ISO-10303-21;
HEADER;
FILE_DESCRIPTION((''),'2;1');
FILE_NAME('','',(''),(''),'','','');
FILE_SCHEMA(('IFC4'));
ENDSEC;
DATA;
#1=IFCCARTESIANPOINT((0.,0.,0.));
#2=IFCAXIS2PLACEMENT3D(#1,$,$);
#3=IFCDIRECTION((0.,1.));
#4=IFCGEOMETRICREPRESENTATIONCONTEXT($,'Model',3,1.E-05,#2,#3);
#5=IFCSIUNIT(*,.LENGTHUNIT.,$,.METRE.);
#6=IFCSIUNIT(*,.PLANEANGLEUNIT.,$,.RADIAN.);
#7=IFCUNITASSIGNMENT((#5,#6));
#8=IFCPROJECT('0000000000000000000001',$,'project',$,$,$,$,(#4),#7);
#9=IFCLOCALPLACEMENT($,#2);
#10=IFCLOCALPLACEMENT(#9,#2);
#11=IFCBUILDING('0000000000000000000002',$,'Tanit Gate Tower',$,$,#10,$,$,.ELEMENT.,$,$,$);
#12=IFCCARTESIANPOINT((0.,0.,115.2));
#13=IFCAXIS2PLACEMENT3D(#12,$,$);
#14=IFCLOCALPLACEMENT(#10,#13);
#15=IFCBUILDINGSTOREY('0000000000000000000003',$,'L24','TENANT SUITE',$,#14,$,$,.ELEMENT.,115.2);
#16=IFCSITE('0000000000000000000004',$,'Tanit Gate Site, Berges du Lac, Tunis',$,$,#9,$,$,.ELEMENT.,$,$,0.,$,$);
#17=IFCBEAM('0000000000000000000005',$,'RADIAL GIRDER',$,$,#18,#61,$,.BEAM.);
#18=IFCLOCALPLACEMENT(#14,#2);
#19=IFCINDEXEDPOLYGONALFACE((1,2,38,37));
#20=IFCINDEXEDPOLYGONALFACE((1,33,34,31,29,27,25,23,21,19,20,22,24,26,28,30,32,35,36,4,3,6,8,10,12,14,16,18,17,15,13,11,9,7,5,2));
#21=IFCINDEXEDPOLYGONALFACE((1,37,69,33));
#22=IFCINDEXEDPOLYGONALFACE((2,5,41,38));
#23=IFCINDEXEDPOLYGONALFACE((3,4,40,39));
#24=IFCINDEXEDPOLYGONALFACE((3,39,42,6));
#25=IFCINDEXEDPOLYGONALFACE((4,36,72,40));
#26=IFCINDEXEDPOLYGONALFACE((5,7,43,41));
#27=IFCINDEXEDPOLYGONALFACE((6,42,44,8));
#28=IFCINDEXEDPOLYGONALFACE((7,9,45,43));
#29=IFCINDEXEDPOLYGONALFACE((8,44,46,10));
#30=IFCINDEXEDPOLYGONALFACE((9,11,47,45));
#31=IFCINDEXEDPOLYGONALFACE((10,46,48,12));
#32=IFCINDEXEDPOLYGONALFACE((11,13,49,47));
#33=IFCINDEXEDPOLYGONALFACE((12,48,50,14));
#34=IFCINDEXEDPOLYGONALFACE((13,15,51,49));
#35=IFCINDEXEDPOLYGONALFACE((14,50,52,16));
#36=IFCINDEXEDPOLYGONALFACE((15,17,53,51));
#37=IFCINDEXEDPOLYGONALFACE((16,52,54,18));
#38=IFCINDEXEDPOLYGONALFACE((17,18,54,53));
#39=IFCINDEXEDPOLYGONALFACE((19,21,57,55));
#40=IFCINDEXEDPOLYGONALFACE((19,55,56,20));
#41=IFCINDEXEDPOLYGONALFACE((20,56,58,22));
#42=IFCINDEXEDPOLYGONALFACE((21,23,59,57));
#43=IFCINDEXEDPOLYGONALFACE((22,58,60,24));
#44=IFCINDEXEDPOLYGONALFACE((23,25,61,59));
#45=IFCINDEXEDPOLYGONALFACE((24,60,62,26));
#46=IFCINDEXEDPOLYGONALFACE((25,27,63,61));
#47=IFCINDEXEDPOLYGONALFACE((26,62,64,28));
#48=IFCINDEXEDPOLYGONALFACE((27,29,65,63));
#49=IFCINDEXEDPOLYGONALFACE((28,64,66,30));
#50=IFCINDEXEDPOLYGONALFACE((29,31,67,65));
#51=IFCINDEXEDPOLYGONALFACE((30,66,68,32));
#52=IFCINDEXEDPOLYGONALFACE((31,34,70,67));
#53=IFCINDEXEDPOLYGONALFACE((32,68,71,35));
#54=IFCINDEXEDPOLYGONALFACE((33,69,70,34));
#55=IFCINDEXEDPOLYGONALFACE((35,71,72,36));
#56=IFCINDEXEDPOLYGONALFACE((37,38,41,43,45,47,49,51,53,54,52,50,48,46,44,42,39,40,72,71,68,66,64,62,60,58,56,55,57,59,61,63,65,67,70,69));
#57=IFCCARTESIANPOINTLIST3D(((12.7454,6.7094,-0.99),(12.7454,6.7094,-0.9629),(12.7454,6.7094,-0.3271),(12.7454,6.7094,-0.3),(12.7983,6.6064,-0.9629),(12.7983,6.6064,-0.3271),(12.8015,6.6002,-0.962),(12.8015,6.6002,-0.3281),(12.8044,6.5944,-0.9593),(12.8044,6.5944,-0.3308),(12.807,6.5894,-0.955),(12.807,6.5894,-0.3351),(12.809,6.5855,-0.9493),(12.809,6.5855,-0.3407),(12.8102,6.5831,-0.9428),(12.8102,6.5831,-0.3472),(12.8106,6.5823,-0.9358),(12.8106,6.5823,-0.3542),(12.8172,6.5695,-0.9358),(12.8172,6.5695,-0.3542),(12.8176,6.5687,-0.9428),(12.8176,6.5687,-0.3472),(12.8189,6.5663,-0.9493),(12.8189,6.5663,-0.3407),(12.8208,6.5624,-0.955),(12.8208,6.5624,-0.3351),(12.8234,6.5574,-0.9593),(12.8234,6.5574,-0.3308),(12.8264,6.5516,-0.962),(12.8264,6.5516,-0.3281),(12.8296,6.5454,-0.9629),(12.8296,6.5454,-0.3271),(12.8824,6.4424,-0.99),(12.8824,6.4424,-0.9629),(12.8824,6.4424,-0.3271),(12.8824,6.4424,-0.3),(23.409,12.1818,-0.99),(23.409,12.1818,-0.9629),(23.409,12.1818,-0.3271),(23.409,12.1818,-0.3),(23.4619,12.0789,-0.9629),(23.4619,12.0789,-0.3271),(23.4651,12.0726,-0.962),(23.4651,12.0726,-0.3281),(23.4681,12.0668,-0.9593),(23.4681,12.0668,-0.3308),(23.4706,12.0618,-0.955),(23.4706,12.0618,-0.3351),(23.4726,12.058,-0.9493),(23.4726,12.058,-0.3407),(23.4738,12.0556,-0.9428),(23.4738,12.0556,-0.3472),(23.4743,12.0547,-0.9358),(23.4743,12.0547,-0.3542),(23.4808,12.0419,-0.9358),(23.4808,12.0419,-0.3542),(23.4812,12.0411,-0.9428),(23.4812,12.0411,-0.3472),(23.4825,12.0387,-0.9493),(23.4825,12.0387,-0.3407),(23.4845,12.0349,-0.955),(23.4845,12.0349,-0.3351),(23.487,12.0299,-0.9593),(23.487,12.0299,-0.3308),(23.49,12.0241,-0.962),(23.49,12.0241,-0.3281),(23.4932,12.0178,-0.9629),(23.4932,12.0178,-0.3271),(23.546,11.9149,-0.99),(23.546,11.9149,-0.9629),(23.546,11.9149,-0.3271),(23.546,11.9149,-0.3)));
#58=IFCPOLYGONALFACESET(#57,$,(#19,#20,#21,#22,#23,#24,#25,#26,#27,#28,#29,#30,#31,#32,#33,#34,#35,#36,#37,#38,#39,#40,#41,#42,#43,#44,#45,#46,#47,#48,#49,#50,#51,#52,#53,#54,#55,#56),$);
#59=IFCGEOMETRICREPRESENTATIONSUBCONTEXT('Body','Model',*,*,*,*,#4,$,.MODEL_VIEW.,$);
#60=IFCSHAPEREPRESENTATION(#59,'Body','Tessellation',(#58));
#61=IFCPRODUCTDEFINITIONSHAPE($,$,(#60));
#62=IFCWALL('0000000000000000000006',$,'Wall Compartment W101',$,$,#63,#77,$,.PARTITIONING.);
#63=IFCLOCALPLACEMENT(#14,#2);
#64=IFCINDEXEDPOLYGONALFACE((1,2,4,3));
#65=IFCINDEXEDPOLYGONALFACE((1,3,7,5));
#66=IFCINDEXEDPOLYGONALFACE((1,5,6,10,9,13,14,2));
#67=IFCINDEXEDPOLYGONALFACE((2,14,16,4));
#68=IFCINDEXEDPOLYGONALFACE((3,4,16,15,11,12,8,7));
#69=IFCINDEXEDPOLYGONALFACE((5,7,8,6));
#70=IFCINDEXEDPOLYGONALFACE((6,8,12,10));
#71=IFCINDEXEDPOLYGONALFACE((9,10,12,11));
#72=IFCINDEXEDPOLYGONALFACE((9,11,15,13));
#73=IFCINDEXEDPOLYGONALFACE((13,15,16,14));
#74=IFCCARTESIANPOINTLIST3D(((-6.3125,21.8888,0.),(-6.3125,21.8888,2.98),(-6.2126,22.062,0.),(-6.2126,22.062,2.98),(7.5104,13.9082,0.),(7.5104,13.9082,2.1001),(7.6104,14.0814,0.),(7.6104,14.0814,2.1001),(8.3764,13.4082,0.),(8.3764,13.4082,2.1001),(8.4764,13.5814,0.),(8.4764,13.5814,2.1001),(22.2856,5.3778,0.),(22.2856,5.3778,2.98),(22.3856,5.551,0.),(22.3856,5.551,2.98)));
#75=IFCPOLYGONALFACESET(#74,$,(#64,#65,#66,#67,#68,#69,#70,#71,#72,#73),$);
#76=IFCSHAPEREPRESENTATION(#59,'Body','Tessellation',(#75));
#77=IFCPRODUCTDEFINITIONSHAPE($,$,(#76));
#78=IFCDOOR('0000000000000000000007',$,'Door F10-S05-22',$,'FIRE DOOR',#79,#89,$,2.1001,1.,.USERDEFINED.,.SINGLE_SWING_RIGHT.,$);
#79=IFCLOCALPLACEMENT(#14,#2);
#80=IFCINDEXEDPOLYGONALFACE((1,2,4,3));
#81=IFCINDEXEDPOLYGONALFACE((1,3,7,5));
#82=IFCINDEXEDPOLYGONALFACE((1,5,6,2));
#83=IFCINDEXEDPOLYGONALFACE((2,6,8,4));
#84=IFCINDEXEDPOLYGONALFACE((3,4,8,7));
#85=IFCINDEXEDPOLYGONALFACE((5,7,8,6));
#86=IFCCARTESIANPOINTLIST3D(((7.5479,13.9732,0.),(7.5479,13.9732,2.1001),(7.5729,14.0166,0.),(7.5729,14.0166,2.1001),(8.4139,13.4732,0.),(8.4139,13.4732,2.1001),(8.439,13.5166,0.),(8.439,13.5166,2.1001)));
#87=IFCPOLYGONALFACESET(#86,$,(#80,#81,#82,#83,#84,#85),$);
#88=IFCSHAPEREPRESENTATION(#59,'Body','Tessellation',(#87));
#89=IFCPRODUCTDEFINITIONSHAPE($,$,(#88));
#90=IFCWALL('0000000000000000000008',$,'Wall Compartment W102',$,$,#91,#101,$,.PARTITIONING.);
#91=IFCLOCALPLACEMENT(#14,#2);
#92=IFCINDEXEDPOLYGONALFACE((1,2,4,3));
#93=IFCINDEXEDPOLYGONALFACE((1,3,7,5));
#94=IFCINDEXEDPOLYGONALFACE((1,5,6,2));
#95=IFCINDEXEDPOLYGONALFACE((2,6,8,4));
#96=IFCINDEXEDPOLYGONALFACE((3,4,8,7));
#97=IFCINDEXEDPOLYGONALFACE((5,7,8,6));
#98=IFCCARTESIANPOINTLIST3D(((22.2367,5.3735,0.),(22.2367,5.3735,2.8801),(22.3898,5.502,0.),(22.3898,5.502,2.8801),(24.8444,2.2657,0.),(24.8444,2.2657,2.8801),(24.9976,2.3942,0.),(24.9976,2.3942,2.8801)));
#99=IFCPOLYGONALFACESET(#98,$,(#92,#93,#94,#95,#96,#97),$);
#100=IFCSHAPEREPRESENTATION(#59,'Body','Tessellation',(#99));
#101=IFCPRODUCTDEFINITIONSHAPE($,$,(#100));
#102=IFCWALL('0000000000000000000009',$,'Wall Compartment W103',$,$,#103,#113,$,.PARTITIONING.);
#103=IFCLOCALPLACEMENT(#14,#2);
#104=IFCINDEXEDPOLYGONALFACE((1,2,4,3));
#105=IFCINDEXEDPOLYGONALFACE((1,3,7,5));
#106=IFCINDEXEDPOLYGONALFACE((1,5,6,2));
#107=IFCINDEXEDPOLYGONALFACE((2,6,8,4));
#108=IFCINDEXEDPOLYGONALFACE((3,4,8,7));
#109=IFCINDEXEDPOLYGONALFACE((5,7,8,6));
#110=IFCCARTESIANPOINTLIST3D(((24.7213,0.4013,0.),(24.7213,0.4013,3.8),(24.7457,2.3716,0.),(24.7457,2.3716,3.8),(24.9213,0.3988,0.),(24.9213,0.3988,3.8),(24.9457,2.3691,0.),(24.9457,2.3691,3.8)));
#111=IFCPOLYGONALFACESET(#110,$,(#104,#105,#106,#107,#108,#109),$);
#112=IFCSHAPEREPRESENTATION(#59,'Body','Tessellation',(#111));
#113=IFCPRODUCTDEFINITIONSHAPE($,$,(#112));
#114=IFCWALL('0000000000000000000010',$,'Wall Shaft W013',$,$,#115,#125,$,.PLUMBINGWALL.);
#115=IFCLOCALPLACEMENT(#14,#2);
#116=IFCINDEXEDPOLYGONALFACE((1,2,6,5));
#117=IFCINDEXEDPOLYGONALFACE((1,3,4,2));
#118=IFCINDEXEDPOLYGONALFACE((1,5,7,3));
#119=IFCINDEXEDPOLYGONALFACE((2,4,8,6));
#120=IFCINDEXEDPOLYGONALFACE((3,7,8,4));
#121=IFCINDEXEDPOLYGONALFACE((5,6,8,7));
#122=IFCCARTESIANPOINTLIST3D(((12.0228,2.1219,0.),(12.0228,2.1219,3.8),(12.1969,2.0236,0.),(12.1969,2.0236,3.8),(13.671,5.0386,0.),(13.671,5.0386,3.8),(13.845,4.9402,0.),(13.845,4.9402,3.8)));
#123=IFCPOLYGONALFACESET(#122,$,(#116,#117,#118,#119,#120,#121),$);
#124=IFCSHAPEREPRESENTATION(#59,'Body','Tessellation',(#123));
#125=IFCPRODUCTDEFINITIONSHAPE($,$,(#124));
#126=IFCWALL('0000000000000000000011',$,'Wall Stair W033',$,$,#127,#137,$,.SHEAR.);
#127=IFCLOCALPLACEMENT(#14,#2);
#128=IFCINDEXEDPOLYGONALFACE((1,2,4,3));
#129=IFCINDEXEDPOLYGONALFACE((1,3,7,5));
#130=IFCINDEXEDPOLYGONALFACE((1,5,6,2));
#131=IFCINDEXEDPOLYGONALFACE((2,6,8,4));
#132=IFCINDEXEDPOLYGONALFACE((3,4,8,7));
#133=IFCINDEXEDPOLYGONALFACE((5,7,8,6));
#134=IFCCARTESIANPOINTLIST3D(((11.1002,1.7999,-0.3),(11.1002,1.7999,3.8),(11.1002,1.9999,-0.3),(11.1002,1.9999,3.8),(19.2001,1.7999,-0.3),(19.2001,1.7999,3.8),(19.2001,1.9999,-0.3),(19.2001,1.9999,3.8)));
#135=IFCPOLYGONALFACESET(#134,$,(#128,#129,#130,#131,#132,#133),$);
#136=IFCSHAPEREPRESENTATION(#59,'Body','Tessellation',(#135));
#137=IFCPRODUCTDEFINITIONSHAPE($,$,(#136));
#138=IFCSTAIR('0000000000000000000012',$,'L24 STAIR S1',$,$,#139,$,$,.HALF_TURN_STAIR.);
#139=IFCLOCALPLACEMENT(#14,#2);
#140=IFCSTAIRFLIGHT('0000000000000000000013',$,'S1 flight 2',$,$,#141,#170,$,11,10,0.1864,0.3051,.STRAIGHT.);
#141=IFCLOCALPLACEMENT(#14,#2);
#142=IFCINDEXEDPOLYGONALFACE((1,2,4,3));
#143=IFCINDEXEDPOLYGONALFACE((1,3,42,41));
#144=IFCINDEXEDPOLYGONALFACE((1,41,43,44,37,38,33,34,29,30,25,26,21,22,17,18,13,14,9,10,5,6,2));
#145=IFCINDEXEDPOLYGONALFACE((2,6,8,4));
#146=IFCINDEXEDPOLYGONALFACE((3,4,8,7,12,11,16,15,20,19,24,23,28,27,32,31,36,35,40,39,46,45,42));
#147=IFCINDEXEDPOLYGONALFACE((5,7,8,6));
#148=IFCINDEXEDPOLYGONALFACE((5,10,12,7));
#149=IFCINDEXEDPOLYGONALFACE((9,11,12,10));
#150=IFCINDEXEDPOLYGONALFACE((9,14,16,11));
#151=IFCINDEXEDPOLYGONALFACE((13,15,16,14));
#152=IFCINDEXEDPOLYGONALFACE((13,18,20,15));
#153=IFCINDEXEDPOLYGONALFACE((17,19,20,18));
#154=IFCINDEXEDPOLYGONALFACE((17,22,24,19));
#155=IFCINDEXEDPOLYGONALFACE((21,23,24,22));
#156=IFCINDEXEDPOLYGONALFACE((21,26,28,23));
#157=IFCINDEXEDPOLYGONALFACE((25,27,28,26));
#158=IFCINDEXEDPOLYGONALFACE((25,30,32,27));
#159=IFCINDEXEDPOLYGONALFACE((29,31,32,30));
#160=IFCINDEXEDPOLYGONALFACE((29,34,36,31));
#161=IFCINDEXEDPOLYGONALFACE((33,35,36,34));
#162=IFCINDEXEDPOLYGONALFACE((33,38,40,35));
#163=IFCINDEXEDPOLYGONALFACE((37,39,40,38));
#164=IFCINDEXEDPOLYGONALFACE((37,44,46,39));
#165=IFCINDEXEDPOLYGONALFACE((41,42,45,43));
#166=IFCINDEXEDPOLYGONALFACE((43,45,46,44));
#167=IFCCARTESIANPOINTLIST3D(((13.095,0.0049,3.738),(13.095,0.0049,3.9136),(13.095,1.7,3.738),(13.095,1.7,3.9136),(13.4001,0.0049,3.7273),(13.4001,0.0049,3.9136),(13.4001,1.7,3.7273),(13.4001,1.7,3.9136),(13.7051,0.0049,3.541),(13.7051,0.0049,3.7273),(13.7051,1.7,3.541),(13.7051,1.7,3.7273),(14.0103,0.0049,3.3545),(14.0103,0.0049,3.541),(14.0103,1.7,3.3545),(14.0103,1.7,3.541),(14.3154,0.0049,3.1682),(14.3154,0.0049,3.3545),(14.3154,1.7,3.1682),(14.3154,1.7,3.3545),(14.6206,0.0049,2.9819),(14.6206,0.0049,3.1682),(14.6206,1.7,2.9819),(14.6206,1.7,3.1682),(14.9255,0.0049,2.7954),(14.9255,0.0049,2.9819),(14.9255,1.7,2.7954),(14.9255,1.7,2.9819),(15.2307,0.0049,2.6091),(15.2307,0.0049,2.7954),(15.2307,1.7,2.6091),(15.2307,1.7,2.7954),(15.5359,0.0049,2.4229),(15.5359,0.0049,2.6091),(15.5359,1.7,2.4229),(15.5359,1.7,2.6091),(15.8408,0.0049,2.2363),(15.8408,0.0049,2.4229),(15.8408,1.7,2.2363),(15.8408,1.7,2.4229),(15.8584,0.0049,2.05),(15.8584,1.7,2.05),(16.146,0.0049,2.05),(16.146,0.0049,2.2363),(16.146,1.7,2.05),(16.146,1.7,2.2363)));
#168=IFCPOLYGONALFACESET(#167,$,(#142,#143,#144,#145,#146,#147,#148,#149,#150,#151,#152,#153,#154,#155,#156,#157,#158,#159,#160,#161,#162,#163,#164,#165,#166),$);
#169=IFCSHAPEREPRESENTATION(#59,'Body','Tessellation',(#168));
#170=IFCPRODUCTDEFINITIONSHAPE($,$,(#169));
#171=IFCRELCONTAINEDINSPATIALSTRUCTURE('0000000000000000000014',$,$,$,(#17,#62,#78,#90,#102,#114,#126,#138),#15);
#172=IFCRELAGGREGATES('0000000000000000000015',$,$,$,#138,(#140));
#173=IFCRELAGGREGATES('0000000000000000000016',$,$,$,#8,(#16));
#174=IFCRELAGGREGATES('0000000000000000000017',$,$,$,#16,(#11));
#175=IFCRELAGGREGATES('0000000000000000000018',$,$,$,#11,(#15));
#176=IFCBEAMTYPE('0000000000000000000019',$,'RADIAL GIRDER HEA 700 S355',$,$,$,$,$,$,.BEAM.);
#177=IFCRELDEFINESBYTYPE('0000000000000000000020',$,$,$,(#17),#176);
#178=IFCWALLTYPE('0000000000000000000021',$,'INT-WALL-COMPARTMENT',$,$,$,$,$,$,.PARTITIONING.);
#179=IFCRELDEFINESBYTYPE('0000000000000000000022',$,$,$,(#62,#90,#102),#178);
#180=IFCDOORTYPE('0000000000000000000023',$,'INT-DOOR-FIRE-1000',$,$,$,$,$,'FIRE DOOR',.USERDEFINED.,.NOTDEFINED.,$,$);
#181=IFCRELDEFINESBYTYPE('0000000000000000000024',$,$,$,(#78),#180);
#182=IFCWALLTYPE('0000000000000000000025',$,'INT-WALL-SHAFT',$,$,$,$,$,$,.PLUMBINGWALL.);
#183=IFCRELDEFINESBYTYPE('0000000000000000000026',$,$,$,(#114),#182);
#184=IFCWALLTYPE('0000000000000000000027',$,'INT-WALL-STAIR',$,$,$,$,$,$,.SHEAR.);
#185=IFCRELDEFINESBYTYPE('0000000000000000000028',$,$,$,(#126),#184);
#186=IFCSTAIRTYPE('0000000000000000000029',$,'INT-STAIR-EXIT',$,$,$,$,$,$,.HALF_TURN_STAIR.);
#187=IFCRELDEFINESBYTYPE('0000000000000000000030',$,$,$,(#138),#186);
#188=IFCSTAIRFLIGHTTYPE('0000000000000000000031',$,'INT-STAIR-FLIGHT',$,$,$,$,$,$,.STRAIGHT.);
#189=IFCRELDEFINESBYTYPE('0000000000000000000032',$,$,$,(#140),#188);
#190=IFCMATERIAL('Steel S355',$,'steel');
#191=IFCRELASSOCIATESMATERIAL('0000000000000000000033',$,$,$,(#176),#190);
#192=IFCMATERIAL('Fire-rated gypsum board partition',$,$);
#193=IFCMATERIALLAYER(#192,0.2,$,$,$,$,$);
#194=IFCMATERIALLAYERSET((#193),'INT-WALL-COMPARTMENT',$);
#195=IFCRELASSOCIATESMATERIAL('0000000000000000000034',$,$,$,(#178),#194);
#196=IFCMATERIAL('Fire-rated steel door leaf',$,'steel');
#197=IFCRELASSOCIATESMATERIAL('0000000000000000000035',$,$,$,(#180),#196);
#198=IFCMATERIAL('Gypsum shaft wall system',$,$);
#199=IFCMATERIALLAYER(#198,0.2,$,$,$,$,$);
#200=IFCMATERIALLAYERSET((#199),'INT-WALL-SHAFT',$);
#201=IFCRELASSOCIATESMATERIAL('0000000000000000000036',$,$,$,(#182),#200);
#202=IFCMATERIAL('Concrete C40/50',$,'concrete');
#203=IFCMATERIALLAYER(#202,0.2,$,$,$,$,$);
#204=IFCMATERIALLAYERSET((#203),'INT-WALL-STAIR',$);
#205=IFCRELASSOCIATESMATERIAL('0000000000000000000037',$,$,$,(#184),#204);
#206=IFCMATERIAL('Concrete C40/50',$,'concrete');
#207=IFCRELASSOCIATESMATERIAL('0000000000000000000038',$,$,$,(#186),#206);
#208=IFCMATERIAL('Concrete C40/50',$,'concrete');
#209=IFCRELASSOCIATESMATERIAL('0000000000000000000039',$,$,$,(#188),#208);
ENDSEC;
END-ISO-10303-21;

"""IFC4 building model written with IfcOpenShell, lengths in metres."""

from ifc_helpers import new_model, si_unit, direction, frame, frame_2d, origin, origin_2d, place, context, subcontext, project, spatial, polyline, rectangle, i_section, outline, extrude, material, layer, layer_set, material_profile, profile_set, type_object, element, fill, aggregate, save


model = new_model("IFC4")

# Units and contexts
model_context = context("Model", 3, precision=1e-05, world=origin(), true_north=direction((0.0, 1.0)))
body_context = subcontext(model_context, "Body", "Model", "MODEL_VIEW")
ifc_project = project(units=[si_unit("LENGTHUNIT", "METRE"), si_unit("PLANEANGLEUNIT", "RADIAN")], contexts=[model_context])

# Site, building, storey
site_placement = place(None, origin())
site = spatial("IfcSite", under=ifc_project, at=site_placement, Name="Tanit Gate Site, Berges du Lac, Tunis", CompositionType="ELEMENT", RefElevation=0.0)
building_placement = place(site_placement, origin())
building = spatial("IfcBuilding", under=site, at=building_placement, Name="Tanit Gate Tower", CompositionType="ELEMENT")
storey_placement = place(building_placement, frame((0.0, 0.0, 115.2)))
storey = spatial("IfcBuildingStorey", under=building, at=storey_placement, Name="L24", Description="TENANT SUITE", CompositionType="ELEMENT", Elevation=115.2)

# Beam
ifc_material_1 = material(Name="Steel S355", Category="steel")
ifc_material_profile = material_profile(ifc_material_1, i_section(OverallWidth=0.3, OverallDepth=0.6899, WebThickness=0.0144, FlangeThickness=0.0271, FilletRadius=0.0271, at=origin_2d()), Name="HEA 700")
ifc_profile_set = profile_set([ifc_material_profile], Name="Steel S355")
beam_type = type_object("IfcBeamType", Name="RADIAL GIRDER HEA 700 S355", PredefinedType="BEAM", material=ifc_profile_set)
beam_placement = place(storey_placement, frame((23.4775, 12.0483, -0.645), z_axis=(-0.889685, -0.456575, 0.0), x_axis=(0.456575, -0.889685, 0.0)))
element("IfcBeam", 1, at=beam_placement, inside=storey, type_object=beam_type, Name="RADIAL GIRDER", PredefinedType="BEAM", context=body_context, shape_type="SweptSolid", body=[
    extrude(i_section(OverallWidth=0.3, OverallDepth=0.6899, WebThickness=0.0144, FlangeThickness=0.0271, FilletRadius=0.0271, at=origin_2d()), origin(), (0.0, 0.0, 1.0), 11.9858),
])

# Wall, opening, door
ifc_material_2 = material(Name="Fire-rated gypsum board partition")
ifc_layer_1 = layer(ifc_material_2, 0.2)
ifc_layer_set_1 = layer_set([ifc_layer_1], Name="INT-WALL-COMPARTMENT")
wall_type_1 = type_object("IfcWallType", Name="INT-WALL-COMPARTMENT", PredefinedType="PARTITIONING", material=ifc_layer_set_1)
wall_1_placement = place(storey_placement, frame((22.3357, 5.4644, 0.0), z_axis=(0.0, 0.0, 1.0), x_axis=(-0.866028, 0.499996, 0.0)))
wall_1 = element("IfcWall", 2, at=wall_1_placement, inside=storey, type_object=wall_type_1, Name="Wall Compartment W101", PredefinedType="PARTITIONING", context=body_context, shape_type="SweptSolid", body=[
    extrude(rectangle(XDim=33.0222, YDim=0.2, at=frame_2d((16.5112, 0.0))), origin(), (0.0, 0.0, 1.0), 2.98),
])
opening_1_placement = place(wall_1_placement, frame((16.061, 0.0, 0.0)))
opening_1 = element("IfcOpeningElement", 3, at=opening_1_placement, cuts=wall_1, PredefinedType="OPENING", context=body_context, shape_type="SweptSolid", body=[
    extrude(rectangle(XDim=1.0, YDim=2.1001, at=frame_2d((0.5, 1.05))), frame((0.0, 0.1099, 0.0), z_axis=(0.0, -1.0, 0.0), x_axis=(1.0, 0.0, 0.0)), (0.0, 0.0, 1.0), 0.22),
])
ifc_material_3 = material(Name="Fire-rated steel door leaf", Category="steel")
door_type_1 = type_object("IfcDoorType", Name="INT-DOOR-FIRE-1000", ElementType="FIRE DOOR", OperationType="NOTDEFINED", PredefinedType="USERDEFINED", material=ifc_material_3)
door_1_placement = place(opening_1_placement, origin())
door_1 = element("IfcDoor", 4, at=door_1_placement, inside=storey, type_object=door_type_1, Name="Door F10-S05-22", ObjectType="FIRE DOOR", OperationType="SINGLE_SWING_RIGHT", OverallHeight=2.1001, OverallWidth=1.0, PredefinedType="USERDEFINED", context=body_context, shape_type="SweptSolid", body=[
    extrude(rectangle(XDim=1.0, YDim=2.1001, at=frame_2d((0.5, 1.05))), frame((0.0, 0.0249, 0.0), z_axis=(0.0, -1.0, 0.0), x_axis=(1.0, 0.0, 0.0)), (0.0, 0.0, 1.0), 0.05),
])
fill(opening_1, door_1)

# Walls
wall_2_placement = place(storey_placement, frame((24.9209, 2.3301, 0.0), z_axis=(0.0, 0.0, 1.0), x_axis=(-0.642791, 0.766041, 0.0)))
element("IfcWall", 5, at=wall_2_placement, inside=storey, type_object=wall_type_1, Name="Wall Compartment W102", PredefinedType="PARTITIONING", context=body_context, shape_type="SweptSolid", body=[
    extrude(rectangle(XDim=4.0569, YDim=0.2, at=frame_2d((2.0283, 0.0))), origin(), (0.0, 0.0, 1.0), 2.8801),
])
wall_3_placement = place(storey_placement, frame((24.8213, 0.3999, 0.0), z_axis=(0.0, 0.0, 1.0), x_axis=(0.012391, 0.999923, 0.0)))
element("IfcWall", 6, at=wall_3_placement, inside=storey, type_object=wall_type_1, Name="Wall Compartment W103", PredefinedType="PARTITIONING", context=body_context, shape_type="SweptSolid", body=[
    extrude(rectangle(XDim=1.9705, YDim=0.2, at=frame_2d((0.9854, 0.0))), origin(), (0.0, 0.0, 1.0), 3.8),
])
ifc_material_4 = material(Name="Gypsum shaft wall system")
ifc_layer_2 = layer(ifc_material_4, 0.2)
ifc_layer_set_2 = layer_set([ifc_layer_2], Name="INT-WALL-SHAFT")
wall_type_2 = type_object("IfcWallType", Name="INT-WALL-SHAFT", PredefinedType="PLUMBINGWALL", material=ifc_layer_set_2)
wall_4_placement = place(storey_placement, frame((12.1099, 2.0728, 0.0), z_axis=(0.0, 0.0, 1.0), x_axis=(0.491966, 0.870614, 0.0)))
element("IfcWall", 7, at=wall_4_placement, inside=storey, type_object=wall_type_2, Name="Wall Shaft W013", PredefinedType="PLUMBINGWALL", context=body_context, shape_type="SweptSolid", body=[
    extrude(rectangle(XDim=3.3501, YDim=0.2, at=frame_2d((1.675, 0.0))), origin(), (0.0, 0.0, 1.0), 3.8),
])
ifc_material_5 = material(Name="Concrete C40/50", Category="concrete")
ifc_layer_3 = layer(ifc_material_5, 0.2)
ifc_layer_set_3 = layer_set([ifc_layer_3], Name="INT-WALL-STAIR")
wall_type_3 = type_object("IfcWallType", Name="INT-WALL-STAIR", PredefinedType="SHEAR", material=ifc_layer_set_3)
wall_5_placement = place(storey_placement, frame((19.2, 1.8999, -0.3), z_axis=(0.0, 0.0, 1.0), x_axis=(-1.0, 0.0, 0.0)))
element("IfcWall", 8, at=wall_5_placement, inside=storey, type_object=wall_type_3, Name="Wall Stair W033", PredefinedType="SHEAR", context=body_context, shape_type="SweptSolid", body=[
    extrude(rectangle(XDim=8.0999, YDim=0.2, at=frame_2d((4.0498, 0.0))), origin(), (0.0, 0.0, 1.0), 4.1001),
])

# Stair, stair flight
ifc_material_6 = material(Name="Concrete C40/50", Category="concrete")
stair_type = type_object("IfcStairType", Name="INT-STAIR-EXIT", PredefinedType="HALF_TURN_STAIR", material=ifc_material_6)
stair_placement = place(storey_placement, origin())
stair = element("IfcStair", 9, at=stair_placement, inside=storey, type_object=stair_type, Name="L24 STAIR S1", PredefinedType="HALF_TURN_STAIR")
ifc_material_7 = material(Name="Concrete C40/50", Category="concrete")
stair_flight_type = type_object("IfcStairFlightType", Name="INT-STAIR-FLIGHT", PredefinedType="STRAIGHT", material=ifc_material_7)
stair_flight_placement = place(storey_placement, frame((16.146, 0.8525, 2.05), z_axis=(0.0, 0.0, 1.0), x_axis=(-1.0, 0.0, 0.0)))
stair_flight = element("IfcStairFlight", 10, at=stair_flight_placement, type_object=stair_flight_type, Name="S1 flight 2", NumberOfRisers=11, NumberOfTreads=10, PredefinedType="STRAIGHT", RiserHeight=0.1864, TreadLength=0.3051, context=body_context, shape_type="SweptSolid", body=[
    extrude(outline(polyline([(0.0, 0.0), (0.0, 0.1863), (0.3052, 0.1863), (0.3052, 0.3728), (0.6101, 0.3728), (0.6101, 0.5591), (0.9153, 0.5591), (0.9153, 0.7454), (1.2205, 0.7454), (1.2205, 0.9319), (1.5254, 0.9319), (1.5254, 1.1182), (1.8306, 1.1182), (1.8306, 1.3044), (2.1357, 1.3044), (2.1357, 1.491), (2.4409, 1.491), (2.4409, 1.6772), (2.7458, 1.6772), (2.7458, 1.8635), (3.051, 1.8635), (3.051, 2.05), (3.051, 1.688), (0.2876, 0.0), (0.0, 0.0)])), frame((0.0, 0.8477, 0.0), z_axis=(0.0, -1.0, 0.0), x_axis=(1.0, 0.0, 0.0)), (0.0, 0.0, 1.0), 1.6951),
])
aggregate(stair, [stair_flight])

save(model, "model.ifc")
